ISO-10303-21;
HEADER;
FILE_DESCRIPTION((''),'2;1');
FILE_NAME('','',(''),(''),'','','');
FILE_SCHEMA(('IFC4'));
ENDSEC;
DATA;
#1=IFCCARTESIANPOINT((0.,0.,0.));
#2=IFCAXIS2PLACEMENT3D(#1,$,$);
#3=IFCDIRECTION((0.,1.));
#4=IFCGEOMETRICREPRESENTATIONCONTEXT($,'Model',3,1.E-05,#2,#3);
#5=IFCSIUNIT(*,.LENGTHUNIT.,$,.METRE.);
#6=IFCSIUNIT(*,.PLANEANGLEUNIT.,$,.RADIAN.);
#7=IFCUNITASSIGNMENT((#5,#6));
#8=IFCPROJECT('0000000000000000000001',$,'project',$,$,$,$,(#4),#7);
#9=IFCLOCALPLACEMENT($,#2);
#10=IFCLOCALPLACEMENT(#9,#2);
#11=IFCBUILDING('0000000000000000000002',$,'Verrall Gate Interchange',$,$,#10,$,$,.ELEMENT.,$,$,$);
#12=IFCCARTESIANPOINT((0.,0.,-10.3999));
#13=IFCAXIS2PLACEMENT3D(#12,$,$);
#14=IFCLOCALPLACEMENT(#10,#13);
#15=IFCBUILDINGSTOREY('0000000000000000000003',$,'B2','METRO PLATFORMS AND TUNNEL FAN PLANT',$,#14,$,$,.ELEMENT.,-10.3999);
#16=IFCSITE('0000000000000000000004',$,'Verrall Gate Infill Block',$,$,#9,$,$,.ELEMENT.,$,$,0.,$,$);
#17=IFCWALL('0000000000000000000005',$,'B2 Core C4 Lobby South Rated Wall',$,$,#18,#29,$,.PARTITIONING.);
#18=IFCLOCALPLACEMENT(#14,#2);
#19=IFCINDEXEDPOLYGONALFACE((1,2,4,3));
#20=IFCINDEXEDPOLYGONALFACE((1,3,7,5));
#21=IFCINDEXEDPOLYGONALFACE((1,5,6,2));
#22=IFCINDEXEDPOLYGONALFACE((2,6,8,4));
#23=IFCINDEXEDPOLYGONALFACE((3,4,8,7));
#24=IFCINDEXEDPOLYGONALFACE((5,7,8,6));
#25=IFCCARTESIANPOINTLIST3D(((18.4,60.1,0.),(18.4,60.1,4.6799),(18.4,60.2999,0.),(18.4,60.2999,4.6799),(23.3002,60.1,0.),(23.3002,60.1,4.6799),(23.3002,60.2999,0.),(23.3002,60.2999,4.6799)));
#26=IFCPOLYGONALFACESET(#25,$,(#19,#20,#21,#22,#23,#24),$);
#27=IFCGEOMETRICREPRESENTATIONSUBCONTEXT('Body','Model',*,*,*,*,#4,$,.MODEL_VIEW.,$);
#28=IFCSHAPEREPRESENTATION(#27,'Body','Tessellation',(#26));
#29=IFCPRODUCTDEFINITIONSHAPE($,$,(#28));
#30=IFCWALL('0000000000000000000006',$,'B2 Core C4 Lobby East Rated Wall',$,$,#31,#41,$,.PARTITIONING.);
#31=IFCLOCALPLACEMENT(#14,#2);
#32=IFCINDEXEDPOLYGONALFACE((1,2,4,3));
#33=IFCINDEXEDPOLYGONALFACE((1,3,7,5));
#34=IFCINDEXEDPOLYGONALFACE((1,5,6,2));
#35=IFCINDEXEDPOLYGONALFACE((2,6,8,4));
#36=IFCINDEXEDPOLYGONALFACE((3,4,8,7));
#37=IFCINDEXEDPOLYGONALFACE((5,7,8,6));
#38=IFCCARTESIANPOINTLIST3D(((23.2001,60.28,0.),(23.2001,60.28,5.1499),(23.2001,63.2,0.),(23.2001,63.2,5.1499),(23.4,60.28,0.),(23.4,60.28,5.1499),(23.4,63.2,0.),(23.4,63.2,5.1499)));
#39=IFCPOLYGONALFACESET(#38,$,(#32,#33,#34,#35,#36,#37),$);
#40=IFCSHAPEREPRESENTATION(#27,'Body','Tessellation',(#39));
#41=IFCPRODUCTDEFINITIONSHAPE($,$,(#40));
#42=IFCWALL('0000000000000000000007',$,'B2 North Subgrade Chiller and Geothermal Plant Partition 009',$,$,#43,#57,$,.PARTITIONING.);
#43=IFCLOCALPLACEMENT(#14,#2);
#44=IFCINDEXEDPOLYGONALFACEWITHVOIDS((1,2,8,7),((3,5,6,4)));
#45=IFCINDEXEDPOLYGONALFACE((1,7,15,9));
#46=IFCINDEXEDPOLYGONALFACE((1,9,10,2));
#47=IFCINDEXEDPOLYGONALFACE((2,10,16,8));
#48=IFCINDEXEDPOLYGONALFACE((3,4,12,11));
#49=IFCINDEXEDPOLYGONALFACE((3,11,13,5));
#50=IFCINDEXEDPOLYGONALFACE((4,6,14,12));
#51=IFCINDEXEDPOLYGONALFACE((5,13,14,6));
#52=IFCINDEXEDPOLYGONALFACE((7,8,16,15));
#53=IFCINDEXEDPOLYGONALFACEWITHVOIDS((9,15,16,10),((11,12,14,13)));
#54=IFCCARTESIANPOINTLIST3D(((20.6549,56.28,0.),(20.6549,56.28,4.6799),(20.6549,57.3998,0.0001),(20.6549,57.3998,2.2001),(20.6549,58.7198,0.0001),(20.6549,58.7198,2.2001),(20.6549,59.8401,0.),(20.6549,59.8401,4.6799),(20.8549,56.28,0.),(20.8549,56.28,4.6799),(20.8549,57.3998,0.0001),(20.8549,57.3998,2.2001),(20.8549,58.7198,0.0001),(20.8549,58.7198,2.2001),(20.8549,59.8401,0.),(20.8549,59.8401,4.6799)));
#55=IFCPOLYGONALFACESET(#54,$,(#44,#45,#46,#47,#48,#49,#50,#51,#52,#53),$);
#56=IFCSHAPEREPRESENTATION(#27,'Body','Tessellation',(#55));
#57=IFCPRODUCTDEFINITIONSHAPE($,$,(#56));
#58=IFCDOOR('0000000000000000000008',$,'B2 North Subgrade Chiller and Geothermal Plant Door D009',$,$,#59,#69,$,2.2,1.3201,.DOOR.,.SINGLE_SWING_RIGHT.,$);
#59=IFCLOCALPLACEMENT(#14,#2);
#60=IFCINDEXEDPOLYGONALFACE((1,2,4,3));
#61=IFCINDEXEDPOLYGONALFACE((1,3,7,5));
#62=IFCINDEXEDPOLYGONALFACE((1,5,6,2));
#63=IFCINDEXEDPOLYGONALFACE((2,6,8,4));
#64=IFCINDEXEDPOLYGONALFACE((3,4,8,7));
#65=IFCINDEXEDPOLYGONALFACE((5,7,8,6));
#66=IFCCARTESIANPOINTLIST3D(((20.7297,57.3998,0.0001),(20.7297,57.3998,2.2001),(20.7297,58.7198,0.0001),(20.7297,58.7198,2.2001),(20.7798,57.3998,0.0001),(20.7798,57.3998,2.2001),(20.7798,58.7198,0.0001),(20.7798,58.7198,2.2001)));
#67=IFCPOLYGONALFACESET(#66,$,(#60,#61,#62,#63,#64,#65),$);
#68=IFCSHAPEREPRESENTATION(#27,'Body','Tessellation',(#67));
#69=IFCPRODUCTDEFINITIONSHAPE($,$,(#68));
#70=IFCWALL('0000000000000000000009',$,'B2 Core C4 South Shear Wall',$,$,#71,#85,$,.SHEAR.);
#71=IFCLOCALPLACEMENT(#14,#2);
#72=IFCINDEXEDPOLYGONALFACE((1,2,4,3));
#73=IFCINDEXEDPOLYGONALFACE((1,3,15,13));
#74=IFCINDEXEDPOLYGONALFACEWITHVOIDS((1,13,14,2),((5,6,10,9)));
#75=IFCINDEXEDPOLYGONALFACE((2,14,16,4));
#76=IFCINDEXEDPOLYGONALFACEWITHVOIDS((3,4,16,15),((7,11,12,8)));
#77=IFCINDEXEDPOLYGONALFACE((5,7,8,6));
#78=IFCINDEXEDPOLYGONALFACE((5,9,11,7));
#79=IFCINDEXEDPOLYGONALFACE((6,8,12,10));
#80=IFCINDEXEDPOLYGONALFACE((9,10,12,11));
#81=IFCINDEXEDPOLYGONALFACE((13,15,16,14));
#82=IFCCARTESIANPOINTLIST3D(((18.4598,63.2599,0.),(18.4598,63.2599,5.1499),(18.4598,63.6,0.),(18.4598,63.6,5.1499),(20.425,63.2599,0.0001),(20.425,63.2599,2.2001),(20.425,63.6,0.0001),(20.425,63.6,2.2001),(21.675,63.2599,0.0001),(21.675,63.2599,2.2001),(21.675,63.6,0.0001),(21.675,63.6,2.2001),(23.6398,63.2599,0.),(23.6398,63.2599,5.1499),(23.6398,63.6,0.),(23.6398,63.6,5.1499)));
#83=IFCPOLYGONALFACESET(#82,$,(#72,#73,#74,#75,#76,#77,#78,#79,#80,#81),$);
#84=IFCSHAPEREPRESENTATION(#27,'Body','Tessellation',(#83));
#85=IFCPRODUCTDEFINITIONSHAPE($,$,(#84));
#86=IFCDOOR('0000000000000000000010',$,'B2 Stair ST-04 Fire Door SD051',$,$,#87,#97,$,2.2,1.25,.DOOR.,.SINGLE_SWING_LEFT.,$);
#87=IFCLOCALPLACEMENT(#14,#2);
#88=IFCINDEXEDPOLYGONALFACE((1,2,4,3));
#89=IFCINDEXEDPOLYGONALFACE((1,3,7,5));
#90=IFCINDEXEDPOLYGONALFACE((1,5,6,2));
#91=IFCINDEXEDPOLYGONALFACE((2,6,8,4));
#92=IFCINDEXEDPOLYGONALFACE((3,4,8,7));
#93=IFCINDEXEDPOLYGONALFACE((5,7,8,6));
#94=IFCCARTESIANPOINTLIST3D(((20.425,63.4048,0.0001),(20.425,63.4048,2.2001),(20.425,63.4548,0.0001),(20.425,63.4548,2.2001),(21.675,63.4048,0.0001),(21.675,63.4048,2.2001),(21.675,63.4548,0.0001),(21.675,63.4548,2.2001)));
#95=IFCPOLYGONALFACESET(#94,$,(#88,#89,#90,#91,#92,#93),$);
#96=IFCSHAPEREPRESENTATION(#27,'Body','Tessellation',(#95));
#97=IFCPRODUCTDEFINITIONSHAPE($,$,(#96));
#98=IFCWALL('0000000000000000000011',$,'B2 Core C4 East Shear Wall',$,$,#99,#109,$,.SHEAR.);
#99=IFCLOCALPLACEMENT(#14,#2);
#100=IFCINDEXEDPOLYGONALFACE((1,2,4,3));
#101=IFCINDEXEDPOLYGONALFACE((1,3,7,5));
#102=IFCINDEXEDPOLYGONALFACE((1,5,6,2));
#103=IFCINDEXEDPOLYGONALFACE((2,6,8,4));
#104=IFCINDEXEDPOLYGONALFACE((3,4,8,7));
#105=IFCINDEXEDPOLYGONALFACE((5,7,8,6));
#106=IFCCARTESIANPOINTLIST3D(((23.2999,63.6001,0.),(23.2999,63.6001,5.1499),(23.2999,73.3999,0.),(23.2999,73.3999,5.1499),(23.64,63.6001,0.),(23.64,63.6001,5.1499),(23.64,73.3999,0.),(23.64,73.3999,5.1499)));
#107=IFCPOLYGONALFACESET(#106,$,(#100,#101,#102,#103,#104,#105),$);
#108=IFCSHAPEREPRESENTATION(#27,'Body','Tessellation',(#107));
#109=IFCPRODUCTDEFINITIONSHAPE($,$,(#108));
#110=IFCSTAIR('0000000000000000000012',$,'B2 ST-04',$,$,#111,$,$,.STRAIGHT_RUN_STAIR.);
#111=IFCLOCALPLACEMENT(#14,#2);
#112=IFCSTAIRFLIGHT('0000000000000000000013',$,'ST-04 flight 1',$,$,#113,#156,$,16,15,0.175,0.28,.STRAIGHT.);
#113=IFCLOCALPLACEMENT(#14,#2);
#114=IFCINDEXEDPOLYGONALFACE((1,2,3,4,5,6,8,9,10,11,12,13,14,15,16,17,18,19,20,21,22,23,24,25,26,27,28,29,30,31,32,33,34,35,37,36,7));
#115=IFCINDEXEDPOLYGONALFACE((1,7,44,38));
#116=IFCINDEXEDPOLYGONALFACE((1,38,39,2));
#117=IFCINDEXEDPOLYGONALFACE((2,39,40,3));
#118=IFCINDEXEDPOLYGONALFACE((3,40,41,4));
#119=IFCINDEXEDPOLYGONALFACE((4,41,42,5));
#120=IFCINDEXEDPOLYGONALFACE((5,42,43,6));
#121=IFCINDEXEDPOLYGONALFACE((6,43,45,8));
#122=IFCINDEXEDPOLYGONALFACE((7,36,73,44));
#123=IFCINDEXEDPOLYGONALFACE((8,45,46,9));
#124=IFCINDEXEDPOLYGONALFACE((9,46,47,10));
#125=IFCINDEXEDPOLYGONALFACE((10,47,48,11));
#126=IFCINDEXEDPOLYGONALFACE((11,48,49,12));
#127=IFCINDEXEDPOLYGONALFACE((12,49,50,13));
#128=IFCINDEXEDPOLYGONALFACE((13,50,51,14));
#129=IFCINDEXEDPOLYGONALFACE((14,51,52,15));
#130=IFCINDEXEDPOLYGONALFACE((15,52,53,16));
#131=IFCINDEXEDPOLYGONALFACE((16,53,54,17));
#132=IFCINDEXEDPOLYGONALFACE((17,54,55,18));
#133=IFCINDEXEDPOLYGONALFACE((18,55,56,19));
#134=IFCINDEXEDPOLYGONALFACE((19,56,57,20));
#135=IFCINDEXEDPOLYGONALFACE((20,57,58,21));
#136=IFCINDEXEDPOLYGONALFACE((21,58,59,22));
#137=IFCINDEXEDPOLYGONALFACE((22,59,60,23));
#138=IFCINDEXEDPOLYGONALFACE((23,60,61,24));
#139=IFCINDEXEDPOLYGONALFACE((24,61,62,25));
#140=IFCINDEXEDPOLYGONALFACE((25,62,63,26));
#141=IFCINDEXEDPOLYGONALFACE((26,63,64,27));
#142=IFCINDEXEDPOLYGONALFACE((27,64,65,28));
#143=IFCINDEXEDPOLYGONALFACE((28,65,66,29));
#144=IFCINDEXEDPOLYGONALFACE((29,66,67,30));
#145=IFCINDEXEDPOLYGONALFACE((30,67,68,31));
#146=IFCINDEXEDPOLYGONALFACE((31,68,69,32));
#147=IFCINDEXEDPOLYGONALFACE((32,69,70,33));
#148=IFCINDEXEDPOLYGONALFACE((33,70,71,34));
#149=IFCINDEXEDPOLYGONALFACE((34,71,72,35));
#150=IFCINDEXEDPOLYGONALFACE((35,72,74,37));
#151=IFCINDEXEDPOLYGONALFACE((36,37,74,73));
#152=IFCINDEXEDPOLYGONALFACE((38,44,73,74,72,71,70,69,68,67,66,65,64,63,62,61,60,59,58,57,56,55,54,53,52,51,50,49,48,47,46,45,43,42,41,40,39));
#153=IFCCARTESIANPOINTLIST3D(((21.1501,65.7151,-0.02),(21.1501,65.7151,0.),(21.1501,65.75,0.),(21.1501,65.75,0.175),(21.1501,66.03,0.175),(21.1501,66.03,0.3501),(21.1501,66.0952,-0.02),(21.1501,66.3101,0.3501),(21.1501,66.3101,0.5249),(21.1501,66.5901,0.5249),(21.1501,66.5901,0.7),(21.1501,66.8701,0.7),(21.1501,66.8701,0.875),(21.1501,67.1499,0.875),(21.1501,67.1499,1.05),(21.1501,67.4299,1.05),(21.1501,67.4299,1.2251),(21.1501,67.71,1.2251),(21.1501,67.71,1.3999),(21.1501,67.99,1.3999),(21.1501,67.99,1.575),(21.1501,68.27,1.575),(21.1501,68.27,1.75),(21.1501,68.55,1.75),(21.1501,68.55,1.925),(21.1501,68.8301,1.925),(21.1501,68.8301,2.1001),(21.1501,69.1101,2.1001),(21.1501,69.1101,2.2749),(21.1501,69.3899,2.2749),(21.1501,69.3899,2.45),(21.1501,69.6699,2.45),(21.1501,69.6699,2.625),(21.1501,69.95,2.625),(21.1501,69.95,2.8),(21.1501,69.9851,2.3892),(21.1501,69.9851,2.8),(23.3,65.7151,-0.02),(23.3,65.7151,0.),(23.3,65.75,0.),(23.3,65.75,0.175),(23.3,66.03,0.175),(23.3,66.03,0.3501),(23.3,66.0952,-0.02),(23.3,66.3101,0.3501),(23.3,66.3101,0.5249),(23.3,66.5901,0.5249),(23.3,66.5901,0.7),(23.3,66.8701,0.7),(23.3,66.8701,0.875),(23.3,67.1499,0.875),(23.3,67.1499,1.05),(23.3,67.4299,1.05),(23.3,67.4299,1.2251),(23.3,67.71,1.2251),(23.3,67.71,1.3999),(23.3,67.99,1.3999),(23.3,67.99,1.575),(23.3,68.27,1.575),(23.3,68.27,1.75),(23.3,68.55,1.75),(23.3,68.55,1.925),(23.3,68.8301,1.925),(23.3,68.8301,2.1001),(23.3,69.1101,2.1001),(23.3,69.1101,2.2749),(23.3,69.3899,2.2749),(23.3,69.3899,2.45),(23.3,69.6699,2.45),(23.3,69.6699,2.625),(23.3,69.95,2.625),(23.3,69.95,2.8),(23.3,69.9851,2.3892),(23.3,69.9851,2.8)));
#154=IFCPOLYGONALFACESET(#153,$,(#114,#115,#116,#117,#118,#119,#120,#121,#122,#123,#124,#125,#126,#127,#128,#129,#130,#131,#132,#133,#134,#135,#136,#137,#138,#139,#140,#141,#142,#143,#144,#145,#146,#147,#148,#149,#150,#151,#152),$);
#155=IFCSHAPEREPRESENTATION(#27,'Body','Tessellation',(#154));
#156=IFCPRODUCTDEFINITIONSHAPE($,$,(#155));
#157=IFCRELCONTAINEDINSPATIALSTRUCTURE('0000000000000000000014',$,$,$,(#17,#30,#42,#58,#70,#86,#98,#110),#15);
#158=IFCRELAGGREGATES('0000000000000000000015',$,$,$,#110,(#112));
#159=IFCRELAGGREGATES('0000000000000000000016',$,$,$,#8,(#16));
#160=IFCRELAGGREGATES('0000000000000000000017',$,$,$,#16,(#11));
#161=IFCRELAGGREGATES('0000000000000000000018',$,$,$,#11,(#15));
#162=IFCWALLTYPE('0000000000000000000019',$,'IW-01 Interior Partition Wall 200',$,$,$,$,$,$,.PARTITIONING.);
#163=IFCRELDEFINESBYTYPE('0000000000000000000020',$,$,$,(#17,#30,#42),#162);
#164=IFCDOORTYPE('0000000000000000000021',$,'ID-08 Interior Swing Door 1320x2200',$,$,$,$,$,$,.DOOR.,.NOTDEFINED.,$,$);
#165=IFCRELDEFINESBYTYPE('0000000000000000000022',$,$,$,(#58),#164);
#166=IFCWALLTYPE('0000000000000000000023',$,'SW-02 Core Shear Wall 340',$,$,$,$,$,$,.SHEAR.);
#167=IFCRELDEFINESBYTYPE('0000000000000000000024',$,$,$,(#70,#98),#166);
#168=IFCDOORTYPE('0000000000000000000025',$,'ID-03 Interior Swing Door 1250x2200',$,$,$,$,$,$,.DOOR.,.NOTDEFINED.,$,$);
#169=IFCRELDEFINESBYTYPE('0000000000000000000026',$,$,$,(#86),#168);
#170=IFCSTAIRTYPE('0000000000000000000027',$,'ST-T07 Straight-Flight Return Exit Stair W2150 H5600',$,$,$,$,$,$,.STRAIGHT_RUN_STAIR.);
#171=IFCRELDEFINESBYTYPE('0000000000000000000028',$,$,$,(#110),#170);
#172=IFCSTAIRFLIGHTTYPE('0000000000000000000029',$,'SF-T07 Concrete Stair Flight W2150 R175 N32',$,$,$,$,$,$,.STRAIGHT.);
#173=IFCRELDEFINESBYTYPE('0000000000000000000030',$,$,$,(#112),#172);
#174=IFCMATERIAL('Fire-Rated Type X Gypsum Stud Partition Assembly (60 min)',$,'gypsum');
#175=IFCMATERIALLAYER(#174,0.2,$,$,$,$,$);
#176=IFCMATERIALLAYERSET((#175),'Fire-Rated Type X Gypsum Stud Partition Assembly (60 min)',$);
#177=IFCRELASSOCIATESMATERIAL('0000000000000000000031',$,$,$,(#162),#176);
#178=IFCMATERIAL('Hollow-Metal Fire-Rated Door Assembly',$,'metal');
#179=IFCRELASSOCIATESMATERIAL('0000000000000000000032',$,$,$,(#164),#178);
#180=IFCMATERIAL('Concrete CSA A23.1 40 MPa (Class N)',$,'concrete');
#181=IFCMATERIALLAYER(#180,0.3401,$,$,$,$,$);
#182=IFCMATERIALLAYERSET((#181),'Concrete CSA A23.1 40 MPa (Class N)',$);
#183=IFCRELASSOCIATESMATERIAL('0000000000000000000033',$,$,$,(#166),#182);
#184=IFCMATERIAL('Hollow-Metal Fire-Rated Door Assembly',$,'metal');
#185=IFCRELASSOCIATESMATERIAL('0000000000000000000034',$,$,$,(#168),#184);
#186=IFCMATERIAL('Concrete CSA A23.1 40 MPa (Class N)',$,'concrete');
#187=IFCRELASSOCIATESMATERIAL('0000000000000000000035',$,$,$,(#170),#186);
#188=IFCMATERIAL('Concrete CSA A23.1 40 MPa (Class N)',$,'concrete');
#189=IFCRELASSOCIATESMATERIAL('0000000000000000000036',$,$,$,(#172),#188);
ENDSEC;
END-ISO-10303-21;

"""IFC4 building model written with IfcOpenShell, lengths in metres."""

from ifc_helpers import new_model, si_unit, direction, frame, frame_2d, origin, place, context, subcontext, project, spatial, polyline, rectangle, outline, extrude, material, layer, layer_set, type_object, element, fill, aggregate, save


model = new_model("IFC4")

# Units and contexts
model_context = context("Model", 3, precision=1e-05, world=origin(), true_north=direction((0.0, 1.0)))
body_context = subcontext(model_context, "Body", "Model", "MODEL_VIEW")
ifc_project = project(units=[si_unit("LENGTHUNIT", "METRE"), si_unit("PLANEANGLEUNIT", "RADIAN")], contexts=[model_context])

# Site, building, storey
site_placement = place(None, origin())
site = spatial("IfcSite", under=ifc_project, at=site_placement, Name="Verrall Gate Infill Block", CompositionType="ELEMENT", RefElevation=0.0)
building_placement = place(site_placement, origin())
building = spatial("IfcBuilding", under=site, at=building_placement, Name="Verrall Gate Interchange", CompositionType="ELEMENT")
storey_placement = place(building_placement, frame((0.0, 0.0, -10.3999)))
storey = spatial("IfcBuildingStorey", under=building, at=storey_placement, Name="B2", Description="METRO PLATFORMS AND TUNNEL FAN PLANT", CompositionType="ELEMENT", Elevation=-10.3999)

# Wall
ifc_material_1 = material(Name="Fire-Rated Type X Gypsum Stud Partition Assembly (60 min)", Category="gypsum")
ifc_layer_1 = layer(ifc_material_1, 0.2)
ifc_layer_set_1 = layer_set([ifc_layer_1], Name="Fire-Rated Type X Gypsum Stud Partition Assembly (60 min)")
wall_type_1 = type_object("IfcWallType", Name="IW-01 Interior Partition Wall 200", PredefinedType="PARTITIONING", material=ifc_layer_set_1)
wall_1_placement = place(storey_placement, frame((18.3999, 60.2, 0.0), z_axis=(0.0, 0.0, 1.0), x_axis=(1.0, 0.0, 0.0)))
element("IfcWall", 1, at=wall_1_placement, inside=storey, type_object=wall_type_1, Name="B2 Core C4 Lobby South Rated Wall", PredefinedType="PARTITIONING", context=body_context, shape_type="SweptSolid", body=[
    extrude(rectangle(XDim=4.9001, YDim=0.2, at=frame_2d((2.4502, 0.0))), origin(), (0.0, 0.0, 1.0), 4.6799),
])

# Wall
wall_2_placement = place(storey_placement, frame((23.3, 60.28, 0.0), z_axis=(0.0, 0.0, 1.0), x_axis=(0.0, 1.0, 0.0)))
element("IfcWall", 2, at=wall_2_placement, inside=storey, type_object=wall_type_1, Name="B2 Core C4 Lobby East Rated Wall", PredefinedType="PARTITIONING", context=body_context, shape_type="SweptSolid", body=[
    extrude(rectangle(XDim=2.9199, YDim=0.2, at=frame_2d((1.46, 0.0))), origin(), (0.0, 0.0, 1.0), 5.1499),
])

# Walls, openings, doors
wall_3_placement = place(storey_placement, frame((20.7549, 59.8401, 0.0), z_axis=(0.0, 0.0, 1.0), x_axis=(0.0, -1.0, 0.0)))
wall_3 = element("IfcWall", 3, at=wall_3_placement, inside=storey, type_object=wall_type_1, Name="B2 North Subgrade Chiller and Geothermal Plant Partition 009", PredefinedType="PARTITIONING", context=body_context, shape_type="SweptSolid", body=[
    extrude(rectangle(XDim=3.5601, YDim=0.2, at=frame_2d((1.78, 0.0))), origin(), (0.0, 0.0, 1.0), 4.6799),
])
opening_1_placement = place(wall_3_placement, frame((1.1201, 0.0, 0.0)))
opening_1 = element("IfcOpeningElement", 4, at=opening_1_placement, cuts=wall_3, PredefinedType="OPENING", context=body_context, shape_type="SweptSolid", body=[
    extrude(rectangle(XDim=1.3201, YDim=2.2, at=frame_2d((0.6602, 1.1001))), frame((0.0, 0.1147, 0.0), z_axis=(0.0, -1.0, 0.0), x_axis=(1.0, 0.0, 0.0)), (0.0, 0.0, 1.0), 0.2297),
])
ifc_material_2 = material(Name="Hollow-Metal Fire-Rated Door Assembly", Category="metal")
door_type_1 = type_object("IfcDoorType", Name="ID-08 Interior Swing Door 1320x2200", OperationType="NOTDEFINED", PredefinedType="DOOR", material=ifc_material_2)
door_1_placement = place(opening_1_placement, origin())
door_1 = element("IfcDoor", 5, at=door_1_placement, inside=storey, type_object=door_type_1, Name="B2 North Subgrade Chiller and Geothermal Plant Door D009", OperationType="SINGLE_SWING_RIGHT", OverallHeight=2.2, OverallWidth=1.3201, PredefinedType="DOOR", context=body_context, shape_type="SweptSolid", body=[
    extrude(rectangle(XDim=1.3201, YDim=2.2, at=frame_2d((0.6602, 1.1001))), frame((0.0, 0.0249, 0.0), z_axis=(0.0, -1.0, 0.0), x_axis=(1.0, 0.0, 0.0)), (0.0, 0.0, 1.0), 0.05),
])
fill(opening_1, door_1)
ifc_material_3 = material(Name="Concrete CSA A23.1 40 MPa (Class N)", Category="concrete")
ifc_layer_2 = layer(ifc_material_3, 0.3401)
ifc_layer_set_2 = layer_set([ifc_layer_2], Name="Concrete CSA A23.1 40 MPa (Class N)")
wall_type_2 = type_object("IfcWallType", Name="SW-02 Core Shear Wall 340", PredefinedType="SHEAR", material=ifc_layer_set_2)
wall_4_placement = place(storey_placement, frame((18.46, 63.4299, 0.0), z_axis=(0.0, 0.0, 1.0), x_axis=(1.0, 0.0, 0.0)))
wall_4 = element("IfcWall", 6, at=wall_4_placement, inside=storey, type_object=wall_type_2, Name="B2 Core C4 South Shear Wall", PredefinedType="SHEAR", context=body_context, shape_type="SweptSolid", body=[
    extrude(rectangle(XDim=5.1799, YDim=0.3401, at=frame_2d((2.5898, 0.0))), origin(), (0.0, 0.0, 1.0), 5.1499),
])
opening_2_placement = place(wall_4_placement, frame((1.9651, 0.0, 0.0)))
opening_2 = element("IfcOpeningElement", 7, at=opening_2_placement, cuts=wall_4, PredefinedType="OPENING", context=body_context, shape_type="SweptSolid", body=[
    extrude(rectangle(XDim=1.25, YDim=2.2, at=frame_2d((0.625, 1.1001))), frame((0.0, 0.1851, 0.0), z_axis=(0.0, -1.0, 0.0), x_axis=(1.0, 0.0, 0.0)), (0.0, 0.0, 1.0), 0.3699),
])
ifc_material_4 = material(Name="Hollow-Metal Fire-Rated Door Assembly", Category="metal")
door_type_2 = type_object("IfcDoorType", Name="ID-03 Interior Swing Door 1250x2200", OperationType="NOTDEFINED", PredefinedType="DOOR", material=ifc_material_4)
door_2_placement = place(opening_2_placement, origin())
door_2 = element("IfcDoor", 8, at=door_2_placement, inside=storey, type_object=door_type_2, Name="B2 Stair ST-04 Fire Door SD051", OperationType="SINGLE_SWING_LEFT", OverallHeight=2.2, OverallWidth=1.25, PredefinedType="DOOR", context=body_context, shape_type="SweptSolid", body=[
    extrude(rectangle(XDim=1.25, YDim=2.2, at=frame_2d((0.625, 1.1001))), frame((0.0, 0.0249, 0.0), z_axis=(0.0, -1.0, 0.0), x_axis=(1.0, 0.0, 0.0)), (0.0, 0.0, 1.0), 0.05),
])
fill(opening_2, door_2)

# Wall
wall_5_placement = place(storey_placement, frame((23.47, 63.6001, 0.0), z_axis=(0.0, 0.0, 1.0), x_axis=(0.0, 1.0, 0.0)))
element("IfcWall", 9, at=wall_5_placement, inside=storey, type_object=wall_type_2, Name="B2 Core C4 East Shear Wall", PredefinedType="SHEAR", context=body_context, shape_type="SweptSolid", body=[
    extrude(rectangle(XDim=9.7998, YDim=0.3401, at=frame_2d((4.8999, 0.0))), origin(), (0.0, 0.0, 1.0), 5.1499),
])

# Stair, stair flight
ifc_material_5 = material(Name="Concrete CSA A23.1 40 MPa (Class N)", Category="concrete")
stair_type = type_object("IfcStairType", Name="ST-T07 Straight-Flight Return Exit Stair W2150 H5600", PredefinedType="STRAIGHT_RUN_STAIR", material=ifc_material_5)
stair_placement = place(storey_placement, origin())
stair = element("IfcStair", 10, at=stair_placement, inside=storey, type_object=stair_type, Name="B2 ST-04", PredefinedType="STRAIGHT_RUN_STAIR")
ifc_material_6 = material(Name="Concrete CSA A23.1 40 MPa (Class N)", Category="concrete")
stair_flight_type = type_object("IfcStairFlightType", Name="SF-T07 Concrete Stair Flight W2150 R175 N32", PredefinedType="STRAIGHT", material=ifc_material_6)
stair_flight_1_placement = place(storey_placement, frame((22.2251, 65.75, 0.0), z_axis=(0.0, 0.0, 1.0), x_axis=(0.0, 1.0, 0.0)))
stair_flight_1 = element("IfcStairFlight", 11, at=stair_flight_1_placement, type_object=stair_flight_type, Name="ST-04 flight 1", NumberOfRisers=16, NumberOfTreads=15, PredefinedType="STRAIGHT", RiserHeight=0.175, TreadLength=0.28, context=body_context, shape_type="SweptSolid", body=[
    extrude(outline(polyline([(-0.0349, -0.02), (-0.0349, 0.0), (0.0, 0.0), (0.0, 0.175), (0.28, 0.175), (0.28, 0.3501), (0.5601, 0.3501), (0.5601, 0.5249), (0.8401, 0.5249), (0.8401, 0.7), (1.1201, 0.7), (1.1201, 0.875), (1.3999, 0.875), (1.3999, 1.05), (1.6799, 1.05), (1.6799, 1.2251), (1.96, 1.2251), (1.96, 1.3999), (2.24, 1.3999), (2.24, 1.575), (2.52, 1.575), (2.52, 1.75), (2.8, 1.75), (2.8, 1.925), (3.0801, 1.925), (3.0801, 2.1001), (3.3601, 2.1001), (3.3601, 2.2749), (3.6399, 2.2749), (3.6399, 2.45), (3.9199, 2.45), (3.9199, 2.625), (4.2, 2.625), (4.2, 2.8), (4.2351, 2.8), (4.2351, 2.3892), (0.3452, -0.02), (-0.0349, -0.02)])), frame((0.0, 1.075, 0.0), z_axis=(0.0, -1.0, 0.0), x_axis=(1.0, 0.0, 0.0)), (0.0, 0.0, 1.0), 2.1499),
])
aggregate(stair, [stair_flight_1])

save(model, "model.ifc")
